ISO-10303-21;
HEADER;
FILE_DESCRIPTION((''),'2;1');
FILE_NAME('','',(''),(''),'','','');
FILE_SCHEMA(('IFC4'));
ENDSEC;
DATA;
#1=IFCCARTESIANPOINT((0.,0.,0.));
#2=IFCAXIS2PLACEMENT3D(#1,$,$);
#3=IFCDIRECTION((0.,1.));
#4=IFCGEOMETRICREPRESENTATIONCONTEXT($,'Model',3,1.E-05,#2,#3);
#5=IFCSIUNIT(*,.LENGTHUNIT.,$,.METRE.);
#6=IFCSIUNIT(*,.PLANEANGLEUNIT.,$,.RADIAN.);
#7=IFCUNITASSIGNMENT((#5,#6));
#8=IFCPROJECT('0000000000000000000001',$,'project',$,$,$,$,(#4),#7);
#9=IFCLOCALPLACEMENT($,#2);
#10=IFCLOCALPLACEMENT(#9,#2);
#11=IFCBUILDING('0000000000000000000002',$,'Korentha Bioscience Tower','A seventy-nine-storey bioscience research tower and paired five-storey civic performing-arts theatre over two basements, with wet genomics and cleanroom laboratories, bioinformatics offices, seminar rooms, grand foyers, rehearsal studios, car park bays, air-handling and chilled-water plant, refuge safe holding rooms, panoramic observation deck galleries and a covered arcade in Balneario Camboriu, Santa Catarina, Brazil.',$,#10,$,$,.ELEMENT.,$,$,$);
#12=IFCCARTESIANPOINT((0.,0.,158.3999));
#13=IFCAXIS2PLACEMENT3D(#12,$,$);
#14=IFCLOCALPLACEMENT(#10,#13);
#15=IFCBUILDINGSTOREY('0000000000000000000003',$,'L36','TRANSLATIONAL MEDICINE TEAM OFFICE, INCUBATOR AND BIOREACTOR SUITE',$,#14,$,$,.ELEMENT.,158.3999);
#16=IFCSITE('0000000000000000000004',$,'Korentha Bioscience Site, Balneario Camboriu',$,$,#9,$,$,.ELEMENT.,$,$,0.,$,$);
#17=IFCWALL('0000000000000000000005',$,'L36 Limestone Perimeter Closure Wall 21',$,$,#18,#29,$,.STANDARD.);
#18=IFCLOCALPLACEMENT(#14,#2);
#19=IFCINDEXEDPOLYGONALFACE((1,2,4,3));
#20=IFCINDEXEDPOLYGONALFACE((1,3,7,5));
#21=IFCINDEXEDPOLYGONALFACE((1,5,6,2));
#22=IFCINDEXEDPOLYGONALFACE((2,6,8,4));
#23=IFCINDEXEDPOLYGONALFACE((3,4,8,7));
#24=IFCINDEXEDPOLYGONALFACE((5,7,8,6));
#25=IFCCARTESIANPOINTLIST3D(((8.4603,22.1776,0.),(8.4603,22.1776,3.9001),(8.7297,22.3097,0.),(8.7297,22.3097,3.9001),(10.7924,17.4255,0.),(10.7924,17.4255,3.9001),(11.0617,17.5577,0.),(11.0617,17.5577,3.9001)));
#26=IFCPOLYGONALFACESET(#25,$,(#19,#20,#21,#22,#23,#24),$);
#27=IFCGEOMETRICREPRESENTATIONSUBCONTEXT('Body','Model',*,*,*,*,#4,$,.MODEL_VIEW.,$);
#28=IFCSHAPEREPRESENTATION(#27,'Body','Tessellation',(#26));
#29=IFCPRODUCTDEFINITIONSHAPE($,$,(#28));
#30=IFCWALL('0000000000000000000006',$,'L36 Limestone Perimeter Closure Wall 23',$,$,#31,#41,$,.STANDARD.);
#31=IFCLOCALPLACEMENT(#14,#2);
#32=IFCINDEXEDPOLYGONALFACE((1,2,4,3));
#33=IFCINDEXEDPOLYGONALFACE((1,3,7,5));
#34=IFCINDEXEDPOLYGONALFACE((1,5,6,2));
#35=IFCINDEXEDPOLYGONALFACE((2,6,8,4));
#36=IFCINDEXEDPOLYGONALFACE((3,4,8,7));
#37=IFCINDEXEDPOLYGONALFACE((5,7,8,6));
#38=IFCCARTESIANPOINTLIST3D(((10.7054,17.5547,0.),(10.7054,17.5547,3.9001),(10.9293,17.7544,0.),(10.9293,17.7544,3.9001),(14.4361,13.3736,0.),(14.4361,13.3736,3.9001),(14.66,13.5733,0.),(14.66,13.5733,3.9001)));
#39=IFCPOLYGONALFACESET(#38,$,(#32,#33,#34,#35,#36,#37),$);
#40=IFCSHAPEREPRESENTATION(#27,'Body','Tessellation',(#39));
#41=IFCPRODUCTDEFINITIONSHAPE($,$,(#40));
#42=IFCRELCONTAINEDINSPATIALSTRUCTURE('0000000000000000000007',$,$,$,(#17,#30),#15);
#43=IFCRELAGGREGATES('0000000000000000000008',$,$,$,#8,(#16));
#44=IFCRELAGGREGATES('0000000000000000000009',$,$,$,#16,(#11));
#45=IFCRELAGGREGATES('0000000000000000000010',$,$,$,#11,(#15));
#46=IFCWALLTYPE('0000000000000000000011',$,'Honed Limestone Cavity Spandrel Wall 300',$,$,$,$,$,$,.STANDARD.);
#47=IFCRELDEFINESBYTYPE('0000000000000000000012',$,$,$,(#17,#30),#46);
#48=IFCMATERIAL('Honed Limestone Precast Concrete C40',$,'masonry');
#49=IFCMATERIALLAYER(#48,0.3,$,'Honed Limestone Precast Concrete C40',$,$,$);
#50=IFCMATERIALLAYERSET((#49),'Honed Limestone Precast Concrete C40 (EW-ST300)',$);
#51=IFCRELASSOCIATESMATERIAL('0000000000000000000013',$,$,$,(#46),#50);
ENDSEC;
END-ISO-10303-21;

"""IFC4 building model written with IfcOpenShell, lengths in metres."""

from ifc_helpers import new_model, si_unit, direction, frame, frame_2d, origin, place, context, subcontext, project, spatial, rectangle, extrude, material, layer, layer_set, type_object, element, save


model = new_model("IFC4")

# Units and contexts
model_context = context("Model", 3, precision=1e-05, world=origin(), true_north=direction((0.0, 1.0)))
body_context = subcontext(model_context, "Body", "Model", "MODEL_VIEW")
ifc_project = project(units=[si_unit("LENGTHUNIT", "METRE"), si_unit("PLANEANGLEUNIT", "RADIAN")], contexts=[model_context])

# Site, building, storey
site_placement = place(None, origin())
site = spatial("IfcSite", under=ifc_project, at=site_placement, Name="Korentha Bioscience Site, Balneario Camboriu", CompositionType="ELEMENT", RefElevation=0.0)
building_placement = place(site_placement, origin())
building = spatial("IfcBuilding", under=site, at=building_placement, Name="Korentha Bioscience Tower", Description="A seventy-nine-storey bioscience research tower and paired five-storey civic performing-arts theatre over two basements, with wet genomics and cleanroom laboratories, bioinformatics offices, seminar rooms, grand foyers, rehearsal studios, car park bays, air-handling and chilled-water plant, refuge safe holding rooms, panoramic observation deck galleries and a covered arcade in Balneario Camboriu, Santa Catarina, Brazil.", CompositionType="ELEMENT")
storey_placement = place(building_placement, frame((0.0, 0.0, 158.3999)))
storey = spatial("IfcBuildingStorey", under=building, at=storey_placement, Name="L36", Description="TRANSLATIONAL MEDICINE TEAM OFFICE, INCUBATOR AND BIOREACTOR SUITE", CompositionType="ELEMENT", Elevation=158.3999)

# Shared definitions
ifc_material_1 = material(Name="Honed Limestone Precast Concrete C40", Category="masonry")
ifc_layer_1 = layer(ifc_material_1, 0.3, Name="Honed Limestone Precast Concrete C40")
ifc_layer_set_1 = layer_set([ifc_layer_1], Name="Honed Limestone Precast Concrete C40 (EW-ST300)")
wall_type_1 = type_object("IfcWallType", Name="Honed Limestone Cavity Spandrel Wall 300", PredefinedType="STANDARD", material=ifc_layer_set_1)

# Walls
wall_1_placement = place(storey_placement, frame((8.595, 22.2437, 0.0), z_axis=(0.0, 0.0, 1.0), x_axis=(0.44056, -0.897723, 0.0)))
element("IfcWall", 1, at=wall_1_placement, inside=storey, type_object=wall_type_1, Name="L36 Limestone Perimeter Closure Wall 21", PredefinedType="STANDARD", context=body_context, shape_type="SweptSolid", body=[
    extrude(rectangle(XDim=5.2935, YDim=0.3, at=frame_2d((2.6467, 0.0))), origin(), (0.0, 0.0, 1.0), 3.9001),
])
wall_2_placement = place(storey_placement, frame((10.8174, 17.6545, 0.0), z_axis=(0.0, 0.0, 1.0), x_axis=(0.665772, -0.746156, 0.0)))
element("IfcWall", 2, at=wall_2_placement, inside=storey, type_object=wall_type_1, Name="L36 Limestone Perimeter Closure Wall 23", PredefinedType="STANDARD", context=body_context, shape_type="SweptSolid", body=[
    extrude(rectangle(XDim=5.6035, YDim=0.3, at=frame_2d((2.8018, 0.0))), origin(), (0.0, 0.0, 1.0), 3.9001),
])

save(model, "model.ifc")
